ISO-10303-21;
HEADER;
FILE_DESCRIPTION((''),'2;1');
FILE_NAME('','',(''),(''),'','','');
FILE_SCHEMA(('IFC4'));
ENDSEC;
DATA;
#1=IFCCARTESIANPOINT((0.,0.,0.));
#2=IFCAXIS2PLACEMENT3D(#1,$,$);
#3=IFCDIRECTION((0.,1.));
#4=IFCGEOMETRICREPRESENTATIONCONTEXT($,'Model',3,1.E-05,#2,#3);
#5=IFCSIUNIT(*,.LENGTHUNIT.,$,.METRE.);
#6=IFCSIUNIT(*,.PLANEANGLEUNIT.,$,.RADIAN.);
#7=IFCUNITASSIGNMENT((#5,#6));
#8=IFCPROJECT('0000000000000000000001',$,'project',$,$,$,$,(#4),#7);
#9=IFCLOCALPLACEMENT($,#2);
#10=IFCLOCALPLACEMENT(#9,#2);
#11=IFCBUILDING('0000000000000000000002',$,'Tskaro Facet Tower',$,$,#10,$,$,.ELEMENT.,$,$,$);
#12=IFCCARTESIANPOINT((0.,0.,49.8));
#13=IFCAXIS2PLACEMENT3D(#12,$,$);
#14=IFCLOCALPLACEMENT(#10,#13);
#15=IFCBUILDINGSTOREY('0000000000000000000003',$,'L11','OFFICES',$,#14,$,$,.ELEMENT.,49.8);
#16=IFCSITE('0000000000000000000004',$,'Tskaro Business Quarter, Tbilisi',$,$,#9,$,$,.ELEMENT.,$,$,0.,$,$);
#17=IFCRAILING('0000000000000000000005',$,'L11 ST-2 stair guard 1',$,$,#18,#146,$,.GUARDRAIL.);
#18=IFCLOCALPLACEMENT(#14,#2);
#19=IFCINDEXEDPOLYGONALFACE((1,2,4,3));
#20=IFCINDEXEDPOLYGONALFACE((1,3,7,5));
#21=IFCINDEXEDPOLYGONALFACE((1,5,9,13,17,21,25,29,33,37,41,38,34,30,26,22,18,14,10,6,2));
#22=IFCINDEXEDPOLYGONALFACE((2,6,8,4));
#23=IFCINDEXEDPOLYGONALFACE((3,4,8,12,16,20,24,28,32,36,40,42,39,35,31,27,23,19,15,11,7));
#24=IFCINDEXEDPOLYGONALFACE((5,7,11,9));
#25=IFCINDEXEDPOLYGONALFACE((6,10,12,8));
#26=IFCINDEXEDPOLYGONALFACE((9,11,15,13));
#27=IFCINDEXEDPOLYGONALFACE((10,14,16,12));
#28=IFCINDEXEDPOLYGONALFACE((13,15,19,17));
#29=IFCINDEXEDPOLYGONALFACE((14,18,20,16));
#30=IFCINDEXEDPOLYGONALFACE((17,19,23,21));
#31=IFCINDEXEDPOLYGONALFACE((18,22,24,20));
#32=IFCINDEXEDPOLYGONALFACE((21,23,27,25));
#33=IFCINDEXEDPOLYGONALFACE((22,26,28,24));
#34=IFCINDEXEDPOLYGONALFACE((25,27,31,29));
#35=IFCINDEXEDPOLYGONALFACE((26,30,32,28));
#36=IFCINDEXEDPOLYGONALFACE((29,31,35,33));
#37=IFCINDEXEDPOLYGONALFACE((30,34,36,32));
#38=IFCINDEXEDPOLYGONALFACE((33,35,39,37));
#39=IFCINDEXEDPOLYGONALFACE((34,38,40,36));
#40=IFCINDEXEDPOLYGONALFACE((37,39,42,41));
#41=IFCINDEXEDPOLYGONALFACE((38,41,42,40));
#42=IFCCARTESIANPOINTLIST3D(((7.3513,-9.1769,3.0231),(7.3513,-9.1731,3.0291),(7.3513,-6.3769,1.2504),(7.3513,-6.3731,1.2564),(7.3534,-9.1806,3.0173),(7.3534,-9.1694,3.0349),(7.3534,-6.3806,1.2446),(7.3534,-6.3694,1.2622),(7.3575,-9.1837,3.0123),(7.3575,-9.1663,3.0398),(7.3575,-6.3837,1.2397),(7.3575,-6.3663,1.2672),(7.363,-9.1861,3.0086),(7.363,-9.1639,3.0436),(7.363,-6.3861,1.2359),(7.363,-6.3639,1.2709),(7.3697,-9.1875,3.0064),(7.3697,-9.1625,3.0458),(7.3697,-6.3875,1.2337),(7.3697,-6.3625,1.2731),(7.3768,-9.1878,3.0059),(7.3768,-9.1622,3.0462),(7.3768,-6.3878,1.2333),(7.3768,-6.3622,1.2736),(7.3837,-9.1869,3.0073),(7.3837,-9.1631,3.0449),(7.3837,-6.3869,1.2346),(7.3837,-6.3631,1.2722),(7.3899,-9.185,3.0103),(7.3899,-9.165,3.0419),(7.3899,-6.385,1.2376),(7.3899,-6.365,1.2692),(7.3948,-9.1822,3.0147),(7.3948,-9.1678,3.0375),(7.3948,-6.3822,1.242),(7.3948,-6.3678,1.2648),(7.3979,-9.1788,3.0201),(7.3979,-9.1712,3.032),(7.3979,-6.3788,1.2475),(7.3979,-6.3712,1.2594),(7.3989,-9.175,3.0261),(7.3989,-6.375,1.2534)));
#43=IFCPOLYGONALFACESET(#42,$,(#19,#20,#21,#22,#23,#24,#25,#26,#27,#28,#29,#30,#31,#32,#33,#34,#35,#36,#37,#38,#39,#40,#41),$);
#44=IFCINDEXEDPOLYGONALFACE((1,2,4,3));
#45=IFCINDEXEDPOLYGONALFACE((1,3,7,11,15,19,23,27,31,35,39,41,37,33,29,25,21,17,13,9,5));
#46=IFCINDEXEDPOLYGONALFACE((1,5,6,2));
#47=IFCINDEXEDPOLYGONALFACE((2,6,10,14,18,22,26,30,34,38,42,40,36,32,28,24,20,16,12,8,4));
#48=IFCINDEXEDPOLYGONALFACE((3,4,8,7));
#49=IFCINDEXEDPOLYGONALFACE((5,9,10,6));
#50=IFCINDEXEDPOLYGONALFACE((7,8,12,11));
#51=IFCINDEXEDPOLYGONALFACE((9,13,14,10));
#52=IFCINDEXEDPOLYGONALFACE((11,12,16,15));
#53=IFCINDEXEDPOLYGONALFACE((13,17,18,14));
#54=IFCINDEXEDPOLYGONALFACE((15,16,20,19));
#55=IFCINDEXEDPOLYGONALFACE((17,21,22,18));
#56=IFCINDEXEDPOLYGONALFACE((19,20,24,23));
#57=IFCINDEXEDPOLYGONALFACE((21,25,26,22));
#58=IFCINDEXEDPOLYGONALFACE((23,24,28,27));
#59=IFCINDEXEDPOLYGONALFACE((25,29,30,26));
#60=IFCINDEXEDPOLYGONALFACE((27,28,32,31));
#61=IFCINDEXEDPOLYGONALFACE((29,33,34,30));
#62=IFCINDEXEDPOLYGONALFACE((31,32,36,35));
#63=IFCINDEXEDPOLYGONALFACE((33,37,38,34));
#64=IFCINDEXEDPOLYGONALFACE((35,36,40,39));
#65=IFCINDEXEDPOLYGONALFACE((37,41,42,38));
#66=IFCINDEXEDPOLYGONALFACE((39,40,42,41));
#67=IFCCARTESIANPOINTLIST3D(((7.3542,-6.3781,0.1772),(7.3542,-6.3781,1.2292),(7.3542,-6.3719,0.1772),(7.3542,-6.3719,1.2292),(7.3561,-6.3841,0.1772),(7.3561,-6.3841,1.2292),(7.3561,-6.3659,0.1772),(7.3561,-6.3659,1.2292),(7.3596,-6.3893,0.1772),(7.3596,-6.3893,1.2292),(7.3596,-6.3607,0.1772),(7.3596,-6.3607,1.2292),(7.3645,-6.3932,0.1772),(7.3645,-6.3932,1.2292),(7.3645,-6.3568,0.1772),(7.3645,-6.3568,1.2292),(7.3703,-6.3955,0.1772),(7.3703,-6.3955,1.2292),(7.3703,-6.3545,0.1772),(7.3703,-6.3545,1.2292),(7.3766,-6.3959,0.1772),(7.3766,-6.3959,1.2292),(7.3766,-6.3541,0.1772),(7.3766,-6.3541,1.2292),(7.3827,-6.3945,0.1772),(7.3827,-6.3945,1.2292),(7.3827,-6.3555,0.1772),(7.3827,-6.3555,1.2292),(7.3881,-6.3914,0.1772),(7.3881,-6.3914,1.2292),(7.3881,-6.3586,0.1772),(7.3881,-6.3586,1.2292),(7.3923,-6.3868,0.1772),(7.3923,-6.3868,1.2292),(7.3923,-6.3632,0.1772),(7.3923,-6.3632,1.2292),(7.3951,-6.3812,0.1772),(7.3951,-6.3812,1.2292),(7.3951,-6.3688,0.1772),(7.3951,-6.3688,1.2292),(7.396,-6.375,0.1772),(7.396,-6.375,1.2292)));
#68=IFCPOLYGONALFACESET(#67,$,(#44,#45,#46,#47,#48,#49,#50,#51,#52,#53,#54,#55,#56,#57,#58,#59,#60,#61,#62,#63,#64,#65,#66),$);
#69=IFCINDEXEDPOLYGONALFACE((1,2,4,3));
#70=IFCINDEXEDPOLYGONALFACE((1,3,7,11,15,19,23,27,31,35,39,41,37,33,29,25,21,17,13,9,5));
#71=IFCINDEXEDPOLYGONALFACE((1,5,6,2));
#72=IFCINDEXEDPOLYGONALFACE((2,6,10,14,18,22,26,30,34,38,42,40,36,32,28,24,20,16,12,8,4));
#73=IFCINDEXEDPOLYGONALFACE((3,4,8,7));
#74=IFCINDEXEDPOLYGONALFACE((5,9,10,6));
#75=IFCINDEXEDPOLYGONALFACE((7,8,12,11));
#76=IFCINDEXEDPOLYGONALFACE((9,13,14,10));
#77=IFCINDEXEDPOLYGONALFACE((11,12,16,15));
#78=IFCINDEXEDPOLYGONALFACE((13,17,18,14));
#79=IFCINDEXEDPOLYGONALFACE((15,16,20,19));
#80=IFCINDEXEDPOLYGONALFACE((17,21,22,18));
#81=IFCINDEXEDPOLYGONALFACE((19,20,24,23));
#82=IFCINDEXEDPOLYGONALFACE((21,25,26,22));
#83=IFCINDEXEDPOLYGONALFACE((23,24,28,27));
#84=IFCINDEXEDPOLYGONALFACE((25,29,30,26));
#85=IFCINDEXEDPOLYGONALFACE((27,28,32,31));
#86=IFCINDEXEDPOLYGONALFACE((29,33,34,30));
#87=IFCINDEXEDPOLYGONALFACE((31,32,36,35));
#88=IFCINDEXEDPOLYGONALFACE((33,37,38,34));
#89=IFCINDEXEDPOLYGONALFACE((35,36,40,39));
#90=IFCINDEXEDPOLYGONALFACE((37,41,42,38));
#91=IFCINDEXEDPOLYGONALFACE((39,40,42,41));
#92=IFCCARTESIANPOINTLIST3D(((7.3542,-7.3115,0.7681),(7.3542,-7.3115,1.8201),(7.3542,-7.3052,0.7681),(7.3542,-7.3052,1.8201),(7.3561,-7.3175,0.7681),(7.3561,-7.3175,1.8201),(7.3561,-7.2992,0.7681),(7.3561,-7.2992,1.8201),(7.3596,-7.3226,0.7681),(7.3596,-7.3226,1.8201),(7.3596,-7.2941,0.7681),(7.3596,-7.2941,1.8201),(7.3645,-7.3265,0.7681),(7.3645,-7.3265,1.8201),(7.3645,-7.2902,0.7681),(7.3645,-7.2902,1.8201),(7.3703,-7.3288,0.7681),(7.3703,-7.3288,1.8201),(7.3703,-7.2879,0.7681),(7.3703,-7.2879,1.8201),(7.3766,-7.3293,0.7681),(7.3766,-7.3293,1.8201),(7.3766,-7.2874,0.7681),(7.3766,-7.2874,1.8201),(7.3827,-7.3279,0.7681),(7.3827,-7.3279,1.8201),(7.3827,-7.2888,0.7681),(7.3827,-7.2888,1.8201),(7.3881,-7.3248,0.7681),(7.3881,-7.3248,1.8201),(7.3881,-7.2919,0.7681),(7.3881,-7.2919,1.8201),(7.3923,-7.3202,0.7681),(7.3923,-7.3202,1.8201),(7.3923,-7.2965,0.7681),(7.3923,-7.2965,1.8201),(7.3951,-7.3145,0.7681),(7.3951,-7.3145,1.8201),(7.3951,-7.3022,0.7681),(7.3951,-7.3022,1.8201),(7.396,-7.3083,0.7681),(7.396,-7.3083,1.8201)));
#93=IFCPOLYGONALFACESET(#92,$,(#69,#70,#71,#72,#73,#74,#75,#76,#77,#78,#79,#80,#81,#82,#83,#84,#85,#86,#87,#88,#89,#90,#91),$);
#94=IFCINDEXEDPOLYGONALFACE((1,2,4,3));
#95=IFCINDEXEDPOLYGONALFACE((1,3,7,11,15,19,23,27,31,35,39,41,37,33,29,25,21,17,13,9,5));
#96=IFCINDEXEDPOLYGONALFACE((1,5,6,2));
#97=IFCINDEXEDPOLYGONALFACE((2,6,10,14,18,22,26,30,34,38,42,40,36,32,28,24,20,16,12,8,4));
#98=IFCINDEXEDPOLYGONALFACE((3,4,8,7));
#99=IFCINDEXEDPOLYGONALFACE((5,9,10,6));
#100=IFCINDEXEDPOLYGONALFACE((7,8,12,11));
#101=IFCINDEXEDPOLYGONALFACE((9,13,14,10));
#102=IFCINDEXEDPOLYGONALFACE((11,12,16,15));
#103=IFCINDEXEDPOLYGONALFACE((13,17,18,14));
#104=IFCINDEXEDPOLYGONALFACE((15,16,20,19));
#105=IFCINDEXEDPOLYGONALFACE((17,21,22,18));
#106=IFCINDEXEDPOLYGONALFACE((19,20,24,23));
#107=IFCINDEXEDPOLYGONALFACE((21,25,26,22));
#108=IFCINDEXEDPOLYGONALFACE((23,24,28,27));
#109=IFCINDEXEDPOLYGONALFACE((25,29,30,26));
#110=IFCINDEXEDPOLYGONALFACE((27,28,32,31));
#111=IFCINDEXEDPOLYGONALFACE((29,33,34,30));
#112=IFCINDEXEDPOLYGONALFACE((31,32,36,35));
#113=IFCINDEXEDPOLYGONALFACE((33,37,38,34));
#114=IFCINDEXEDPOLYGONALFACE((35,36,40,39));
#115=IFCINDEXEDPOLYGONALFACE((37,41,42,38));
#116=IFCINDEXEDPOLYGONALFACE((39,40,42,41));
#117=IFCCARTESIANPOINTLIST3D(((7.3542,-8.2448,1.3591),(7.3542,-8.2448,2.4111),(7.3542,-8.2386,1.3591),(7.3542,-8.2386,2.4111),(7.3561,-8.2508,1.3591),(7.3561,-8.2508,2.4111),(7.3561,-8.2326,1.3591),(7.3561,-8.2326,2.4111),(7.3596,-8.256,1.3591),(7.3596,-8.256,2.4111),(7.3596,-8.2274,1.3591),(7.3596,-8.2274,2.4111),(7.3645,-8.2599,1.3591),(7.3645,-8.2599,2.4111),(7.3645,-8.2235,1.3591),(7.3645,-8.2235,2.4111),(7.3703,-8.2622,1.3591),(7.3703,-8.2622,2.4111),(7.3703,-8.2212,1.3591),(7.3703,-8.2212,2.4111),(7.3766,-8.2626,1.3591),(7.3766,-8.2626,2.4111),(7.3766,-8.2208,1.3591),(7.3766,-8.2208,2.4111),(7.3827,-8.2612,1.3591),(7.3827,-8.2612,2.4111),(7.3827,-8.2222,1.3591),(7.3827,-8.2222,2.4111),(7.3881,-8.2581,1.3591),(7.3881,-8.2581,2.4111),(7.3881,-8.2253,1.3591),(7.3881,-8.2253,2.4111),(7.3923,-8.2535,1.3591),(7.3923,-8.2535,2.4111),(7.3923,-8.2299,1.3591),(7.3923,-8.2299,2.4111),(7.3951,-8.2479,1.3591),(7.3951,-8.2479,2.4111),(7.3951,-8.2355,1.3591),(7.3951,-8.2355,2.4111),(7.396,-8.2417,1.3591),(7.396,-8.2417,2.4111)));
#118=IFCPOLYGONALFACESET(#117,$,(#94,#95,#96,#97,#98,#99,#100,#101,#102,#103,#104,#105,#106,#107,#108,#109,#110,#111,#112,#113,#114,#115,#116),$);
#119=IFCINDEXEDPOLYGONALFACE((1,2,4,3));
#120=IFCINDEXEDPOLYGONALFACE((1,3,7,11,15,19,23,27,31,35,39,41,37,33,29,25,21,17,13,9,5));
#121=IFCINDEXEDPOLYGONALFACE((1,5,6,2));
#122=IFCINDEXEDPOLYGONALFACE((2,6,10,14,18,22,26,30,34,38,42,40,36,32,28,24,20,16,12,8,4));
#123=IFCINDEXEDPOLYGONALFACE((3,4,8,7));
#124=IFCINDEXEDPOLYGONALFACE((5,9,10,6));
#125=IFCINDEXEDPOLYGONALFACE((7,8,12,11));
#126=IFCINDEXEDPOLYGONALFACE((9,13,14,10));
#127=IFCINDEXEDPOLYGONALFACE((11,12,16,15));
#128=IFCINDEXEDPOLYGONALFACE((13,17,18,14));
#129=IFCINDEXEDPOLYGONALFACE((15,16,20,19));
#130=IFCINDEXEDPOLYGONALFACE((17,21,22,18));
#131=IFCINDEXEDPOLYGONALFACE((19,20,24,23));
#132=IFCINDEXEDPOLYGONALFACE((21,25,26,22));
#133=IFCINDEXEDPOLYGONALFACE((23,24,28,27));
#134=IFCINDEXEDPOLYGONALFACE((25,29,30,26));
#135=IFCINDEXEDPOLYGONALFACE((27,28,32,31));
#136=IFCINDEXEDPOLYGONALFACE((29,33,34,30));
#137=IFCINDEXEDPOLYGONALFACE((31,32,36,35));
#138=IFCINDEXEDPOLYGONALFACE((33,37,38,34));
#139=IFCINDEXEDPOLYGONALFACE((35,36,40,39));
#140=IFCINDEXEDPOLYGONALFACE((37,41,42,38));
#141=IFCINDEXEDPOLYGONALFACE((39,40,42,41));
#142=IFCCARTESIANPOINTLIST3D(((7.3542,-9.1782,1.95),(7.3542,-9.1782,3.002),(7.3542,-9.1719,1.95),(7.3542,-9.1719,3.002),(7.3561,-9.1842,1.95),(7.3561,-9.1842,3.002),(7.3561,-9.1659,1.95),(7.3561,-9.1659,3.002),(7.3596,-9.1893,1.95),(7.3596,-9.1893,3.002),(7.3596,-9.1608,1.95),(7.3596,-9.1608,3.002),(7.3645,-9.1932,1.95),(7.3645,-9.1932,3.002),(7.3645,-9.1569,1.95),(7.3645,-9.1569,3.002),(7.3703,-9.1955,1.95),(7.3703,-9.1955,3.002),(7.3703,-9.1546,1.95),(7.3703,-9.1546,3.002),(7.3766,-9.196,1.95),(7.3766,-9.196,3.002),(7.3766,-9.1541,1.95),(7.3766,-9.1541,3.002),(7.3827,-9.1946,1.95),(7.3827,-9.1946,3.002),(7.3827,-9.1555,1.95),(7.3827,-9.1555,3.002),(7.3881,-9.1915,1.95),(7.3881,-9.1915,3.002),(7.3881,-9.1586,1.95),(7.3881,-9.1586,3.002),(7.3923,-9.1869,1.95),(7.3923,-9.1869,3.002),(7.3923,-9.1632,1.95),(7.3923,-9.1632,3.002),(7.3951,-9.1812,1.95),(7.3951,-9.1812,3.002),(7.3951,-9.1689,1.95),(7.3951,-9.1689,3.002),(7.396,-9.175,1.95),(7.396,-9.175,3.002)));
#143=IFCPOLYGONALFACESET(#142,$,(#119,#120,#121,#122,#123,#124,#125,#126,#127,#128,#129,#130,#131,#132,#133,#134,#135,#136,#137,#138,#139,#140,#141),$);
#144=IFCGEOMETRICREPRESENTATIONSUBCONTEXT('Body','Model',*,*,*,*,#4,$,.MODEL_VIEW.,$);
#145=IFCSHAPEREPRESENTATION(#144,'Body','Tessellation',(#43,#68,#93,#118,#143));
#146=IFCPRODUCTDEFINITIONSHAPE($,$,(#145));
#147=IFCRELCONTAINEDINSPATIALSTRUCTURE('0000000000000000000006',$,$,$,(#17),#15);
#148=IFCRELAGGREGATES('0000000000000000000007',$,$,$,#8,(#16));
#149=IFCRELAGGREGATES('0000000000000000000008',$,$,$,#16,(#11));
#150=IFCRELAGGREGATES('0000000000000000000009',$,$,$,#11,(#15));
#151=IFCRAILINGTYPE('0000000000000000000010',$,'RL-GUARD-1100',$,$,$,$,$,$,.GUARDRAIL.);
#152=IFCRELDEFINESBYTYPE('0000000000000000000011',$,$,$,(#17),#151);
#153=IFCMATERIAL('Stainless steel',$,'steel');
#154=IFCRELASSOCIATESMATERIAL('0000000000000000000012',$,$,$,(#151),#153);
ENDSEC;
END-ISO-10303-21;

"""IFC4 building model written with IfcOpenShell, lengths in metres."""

from ifc_helpers import new_model, si_unit, direction, frame, origin, origin_2d, place, context, subcontext, project, spatial, circle, extrude, material, type_object, element, save


model = new_model("IFC4")

# Units and contexts
model_context = context("Model", 3, precision=1e-05, world=origin(), true_north=direction((0.0, 1.0)))
body_context = subcontext(model_context, "Body", "Model", "MODEL_VIEW")
ifc_project = project(units=[si_unit("LENGTHUNIT", "METRE"), si_unit("PLANEANGLEUNIT", "RADIAN")], contexts=[model_context])

# Site, building, storey
site_placement = place(None, origin())
site = spatial("IfcSite", under=ifc_project, at=site_placement, Name="Tskaro Business Quarter, Tbilisi", CompositionType="ELEMENT", RefElevation=0.0)
building_placement = place(site_placement, origin())
building = spatial("IfcBuilding", under=site, at=building_placement, Name="Tskaro Facet Tower", CompositionType="ELEMENT")
storey_placement = place(building_placement, frame((0.0, 0.0, 49.8)))
storey = spatial("IfcBuildingStorey", under=building, at=storey_placement, Name="L11", Description="OFFICES", CompositionType="ELEMENT", Elevation=49.8)

# Shared definitions
ifc_material_1 = material(Name="Stainless steel", Category="steel")

# Railing
railing_type_1 = type_object("IfcRailingType", Name="RL-GUARD-1100", PredefinedType="GUARDRAIL", material=ifc_material_1)
railing_1_placement = place(storey_placement, frame((7.375, -6.375, 0.1772)))
element("IfcRailing", 1, at=railing_1_placement, inside=storey, type_object=railing_type_1, Name="L11 ST-2 stair guard 1", PredefinedType="GUARDRAIL", context=body_context, shape_type="SweptSolid", body=[
    extrude(circle(Radius=0.0239, at=origin_2d()), frame((0.0, 0.0, 1.0762), z_axis=(0.0, -0.844909, 0.53491), x_axis=(1.0, 0.0, 0.0)), (0.0, 0.0, 1.0), 3.314),
    extrude(circle(Radius=0.021, at=origin_2d()), origin(), (0.0, 0.0, 1.0), 1.052),
    extrude(circle(Radius=0.021, at=origin_2d()), frame((0.0, -0.9333, 0.5908)), (0.0, 0.0, 1.0), 1.052),
    extrude(circle(Radius=0.021, at=origin_2d()), frame((0.0, -1.8667, 1.1819)), (0.0, 0.0, 1.0), 1.052),
    extrude(circle(Radius=0.021, at=origin_2d()), frame((0.0, -2.8, 1.7727)), (0.0, 0.0, 1.0), 1.052),
])

save(model, "model.ifc")
